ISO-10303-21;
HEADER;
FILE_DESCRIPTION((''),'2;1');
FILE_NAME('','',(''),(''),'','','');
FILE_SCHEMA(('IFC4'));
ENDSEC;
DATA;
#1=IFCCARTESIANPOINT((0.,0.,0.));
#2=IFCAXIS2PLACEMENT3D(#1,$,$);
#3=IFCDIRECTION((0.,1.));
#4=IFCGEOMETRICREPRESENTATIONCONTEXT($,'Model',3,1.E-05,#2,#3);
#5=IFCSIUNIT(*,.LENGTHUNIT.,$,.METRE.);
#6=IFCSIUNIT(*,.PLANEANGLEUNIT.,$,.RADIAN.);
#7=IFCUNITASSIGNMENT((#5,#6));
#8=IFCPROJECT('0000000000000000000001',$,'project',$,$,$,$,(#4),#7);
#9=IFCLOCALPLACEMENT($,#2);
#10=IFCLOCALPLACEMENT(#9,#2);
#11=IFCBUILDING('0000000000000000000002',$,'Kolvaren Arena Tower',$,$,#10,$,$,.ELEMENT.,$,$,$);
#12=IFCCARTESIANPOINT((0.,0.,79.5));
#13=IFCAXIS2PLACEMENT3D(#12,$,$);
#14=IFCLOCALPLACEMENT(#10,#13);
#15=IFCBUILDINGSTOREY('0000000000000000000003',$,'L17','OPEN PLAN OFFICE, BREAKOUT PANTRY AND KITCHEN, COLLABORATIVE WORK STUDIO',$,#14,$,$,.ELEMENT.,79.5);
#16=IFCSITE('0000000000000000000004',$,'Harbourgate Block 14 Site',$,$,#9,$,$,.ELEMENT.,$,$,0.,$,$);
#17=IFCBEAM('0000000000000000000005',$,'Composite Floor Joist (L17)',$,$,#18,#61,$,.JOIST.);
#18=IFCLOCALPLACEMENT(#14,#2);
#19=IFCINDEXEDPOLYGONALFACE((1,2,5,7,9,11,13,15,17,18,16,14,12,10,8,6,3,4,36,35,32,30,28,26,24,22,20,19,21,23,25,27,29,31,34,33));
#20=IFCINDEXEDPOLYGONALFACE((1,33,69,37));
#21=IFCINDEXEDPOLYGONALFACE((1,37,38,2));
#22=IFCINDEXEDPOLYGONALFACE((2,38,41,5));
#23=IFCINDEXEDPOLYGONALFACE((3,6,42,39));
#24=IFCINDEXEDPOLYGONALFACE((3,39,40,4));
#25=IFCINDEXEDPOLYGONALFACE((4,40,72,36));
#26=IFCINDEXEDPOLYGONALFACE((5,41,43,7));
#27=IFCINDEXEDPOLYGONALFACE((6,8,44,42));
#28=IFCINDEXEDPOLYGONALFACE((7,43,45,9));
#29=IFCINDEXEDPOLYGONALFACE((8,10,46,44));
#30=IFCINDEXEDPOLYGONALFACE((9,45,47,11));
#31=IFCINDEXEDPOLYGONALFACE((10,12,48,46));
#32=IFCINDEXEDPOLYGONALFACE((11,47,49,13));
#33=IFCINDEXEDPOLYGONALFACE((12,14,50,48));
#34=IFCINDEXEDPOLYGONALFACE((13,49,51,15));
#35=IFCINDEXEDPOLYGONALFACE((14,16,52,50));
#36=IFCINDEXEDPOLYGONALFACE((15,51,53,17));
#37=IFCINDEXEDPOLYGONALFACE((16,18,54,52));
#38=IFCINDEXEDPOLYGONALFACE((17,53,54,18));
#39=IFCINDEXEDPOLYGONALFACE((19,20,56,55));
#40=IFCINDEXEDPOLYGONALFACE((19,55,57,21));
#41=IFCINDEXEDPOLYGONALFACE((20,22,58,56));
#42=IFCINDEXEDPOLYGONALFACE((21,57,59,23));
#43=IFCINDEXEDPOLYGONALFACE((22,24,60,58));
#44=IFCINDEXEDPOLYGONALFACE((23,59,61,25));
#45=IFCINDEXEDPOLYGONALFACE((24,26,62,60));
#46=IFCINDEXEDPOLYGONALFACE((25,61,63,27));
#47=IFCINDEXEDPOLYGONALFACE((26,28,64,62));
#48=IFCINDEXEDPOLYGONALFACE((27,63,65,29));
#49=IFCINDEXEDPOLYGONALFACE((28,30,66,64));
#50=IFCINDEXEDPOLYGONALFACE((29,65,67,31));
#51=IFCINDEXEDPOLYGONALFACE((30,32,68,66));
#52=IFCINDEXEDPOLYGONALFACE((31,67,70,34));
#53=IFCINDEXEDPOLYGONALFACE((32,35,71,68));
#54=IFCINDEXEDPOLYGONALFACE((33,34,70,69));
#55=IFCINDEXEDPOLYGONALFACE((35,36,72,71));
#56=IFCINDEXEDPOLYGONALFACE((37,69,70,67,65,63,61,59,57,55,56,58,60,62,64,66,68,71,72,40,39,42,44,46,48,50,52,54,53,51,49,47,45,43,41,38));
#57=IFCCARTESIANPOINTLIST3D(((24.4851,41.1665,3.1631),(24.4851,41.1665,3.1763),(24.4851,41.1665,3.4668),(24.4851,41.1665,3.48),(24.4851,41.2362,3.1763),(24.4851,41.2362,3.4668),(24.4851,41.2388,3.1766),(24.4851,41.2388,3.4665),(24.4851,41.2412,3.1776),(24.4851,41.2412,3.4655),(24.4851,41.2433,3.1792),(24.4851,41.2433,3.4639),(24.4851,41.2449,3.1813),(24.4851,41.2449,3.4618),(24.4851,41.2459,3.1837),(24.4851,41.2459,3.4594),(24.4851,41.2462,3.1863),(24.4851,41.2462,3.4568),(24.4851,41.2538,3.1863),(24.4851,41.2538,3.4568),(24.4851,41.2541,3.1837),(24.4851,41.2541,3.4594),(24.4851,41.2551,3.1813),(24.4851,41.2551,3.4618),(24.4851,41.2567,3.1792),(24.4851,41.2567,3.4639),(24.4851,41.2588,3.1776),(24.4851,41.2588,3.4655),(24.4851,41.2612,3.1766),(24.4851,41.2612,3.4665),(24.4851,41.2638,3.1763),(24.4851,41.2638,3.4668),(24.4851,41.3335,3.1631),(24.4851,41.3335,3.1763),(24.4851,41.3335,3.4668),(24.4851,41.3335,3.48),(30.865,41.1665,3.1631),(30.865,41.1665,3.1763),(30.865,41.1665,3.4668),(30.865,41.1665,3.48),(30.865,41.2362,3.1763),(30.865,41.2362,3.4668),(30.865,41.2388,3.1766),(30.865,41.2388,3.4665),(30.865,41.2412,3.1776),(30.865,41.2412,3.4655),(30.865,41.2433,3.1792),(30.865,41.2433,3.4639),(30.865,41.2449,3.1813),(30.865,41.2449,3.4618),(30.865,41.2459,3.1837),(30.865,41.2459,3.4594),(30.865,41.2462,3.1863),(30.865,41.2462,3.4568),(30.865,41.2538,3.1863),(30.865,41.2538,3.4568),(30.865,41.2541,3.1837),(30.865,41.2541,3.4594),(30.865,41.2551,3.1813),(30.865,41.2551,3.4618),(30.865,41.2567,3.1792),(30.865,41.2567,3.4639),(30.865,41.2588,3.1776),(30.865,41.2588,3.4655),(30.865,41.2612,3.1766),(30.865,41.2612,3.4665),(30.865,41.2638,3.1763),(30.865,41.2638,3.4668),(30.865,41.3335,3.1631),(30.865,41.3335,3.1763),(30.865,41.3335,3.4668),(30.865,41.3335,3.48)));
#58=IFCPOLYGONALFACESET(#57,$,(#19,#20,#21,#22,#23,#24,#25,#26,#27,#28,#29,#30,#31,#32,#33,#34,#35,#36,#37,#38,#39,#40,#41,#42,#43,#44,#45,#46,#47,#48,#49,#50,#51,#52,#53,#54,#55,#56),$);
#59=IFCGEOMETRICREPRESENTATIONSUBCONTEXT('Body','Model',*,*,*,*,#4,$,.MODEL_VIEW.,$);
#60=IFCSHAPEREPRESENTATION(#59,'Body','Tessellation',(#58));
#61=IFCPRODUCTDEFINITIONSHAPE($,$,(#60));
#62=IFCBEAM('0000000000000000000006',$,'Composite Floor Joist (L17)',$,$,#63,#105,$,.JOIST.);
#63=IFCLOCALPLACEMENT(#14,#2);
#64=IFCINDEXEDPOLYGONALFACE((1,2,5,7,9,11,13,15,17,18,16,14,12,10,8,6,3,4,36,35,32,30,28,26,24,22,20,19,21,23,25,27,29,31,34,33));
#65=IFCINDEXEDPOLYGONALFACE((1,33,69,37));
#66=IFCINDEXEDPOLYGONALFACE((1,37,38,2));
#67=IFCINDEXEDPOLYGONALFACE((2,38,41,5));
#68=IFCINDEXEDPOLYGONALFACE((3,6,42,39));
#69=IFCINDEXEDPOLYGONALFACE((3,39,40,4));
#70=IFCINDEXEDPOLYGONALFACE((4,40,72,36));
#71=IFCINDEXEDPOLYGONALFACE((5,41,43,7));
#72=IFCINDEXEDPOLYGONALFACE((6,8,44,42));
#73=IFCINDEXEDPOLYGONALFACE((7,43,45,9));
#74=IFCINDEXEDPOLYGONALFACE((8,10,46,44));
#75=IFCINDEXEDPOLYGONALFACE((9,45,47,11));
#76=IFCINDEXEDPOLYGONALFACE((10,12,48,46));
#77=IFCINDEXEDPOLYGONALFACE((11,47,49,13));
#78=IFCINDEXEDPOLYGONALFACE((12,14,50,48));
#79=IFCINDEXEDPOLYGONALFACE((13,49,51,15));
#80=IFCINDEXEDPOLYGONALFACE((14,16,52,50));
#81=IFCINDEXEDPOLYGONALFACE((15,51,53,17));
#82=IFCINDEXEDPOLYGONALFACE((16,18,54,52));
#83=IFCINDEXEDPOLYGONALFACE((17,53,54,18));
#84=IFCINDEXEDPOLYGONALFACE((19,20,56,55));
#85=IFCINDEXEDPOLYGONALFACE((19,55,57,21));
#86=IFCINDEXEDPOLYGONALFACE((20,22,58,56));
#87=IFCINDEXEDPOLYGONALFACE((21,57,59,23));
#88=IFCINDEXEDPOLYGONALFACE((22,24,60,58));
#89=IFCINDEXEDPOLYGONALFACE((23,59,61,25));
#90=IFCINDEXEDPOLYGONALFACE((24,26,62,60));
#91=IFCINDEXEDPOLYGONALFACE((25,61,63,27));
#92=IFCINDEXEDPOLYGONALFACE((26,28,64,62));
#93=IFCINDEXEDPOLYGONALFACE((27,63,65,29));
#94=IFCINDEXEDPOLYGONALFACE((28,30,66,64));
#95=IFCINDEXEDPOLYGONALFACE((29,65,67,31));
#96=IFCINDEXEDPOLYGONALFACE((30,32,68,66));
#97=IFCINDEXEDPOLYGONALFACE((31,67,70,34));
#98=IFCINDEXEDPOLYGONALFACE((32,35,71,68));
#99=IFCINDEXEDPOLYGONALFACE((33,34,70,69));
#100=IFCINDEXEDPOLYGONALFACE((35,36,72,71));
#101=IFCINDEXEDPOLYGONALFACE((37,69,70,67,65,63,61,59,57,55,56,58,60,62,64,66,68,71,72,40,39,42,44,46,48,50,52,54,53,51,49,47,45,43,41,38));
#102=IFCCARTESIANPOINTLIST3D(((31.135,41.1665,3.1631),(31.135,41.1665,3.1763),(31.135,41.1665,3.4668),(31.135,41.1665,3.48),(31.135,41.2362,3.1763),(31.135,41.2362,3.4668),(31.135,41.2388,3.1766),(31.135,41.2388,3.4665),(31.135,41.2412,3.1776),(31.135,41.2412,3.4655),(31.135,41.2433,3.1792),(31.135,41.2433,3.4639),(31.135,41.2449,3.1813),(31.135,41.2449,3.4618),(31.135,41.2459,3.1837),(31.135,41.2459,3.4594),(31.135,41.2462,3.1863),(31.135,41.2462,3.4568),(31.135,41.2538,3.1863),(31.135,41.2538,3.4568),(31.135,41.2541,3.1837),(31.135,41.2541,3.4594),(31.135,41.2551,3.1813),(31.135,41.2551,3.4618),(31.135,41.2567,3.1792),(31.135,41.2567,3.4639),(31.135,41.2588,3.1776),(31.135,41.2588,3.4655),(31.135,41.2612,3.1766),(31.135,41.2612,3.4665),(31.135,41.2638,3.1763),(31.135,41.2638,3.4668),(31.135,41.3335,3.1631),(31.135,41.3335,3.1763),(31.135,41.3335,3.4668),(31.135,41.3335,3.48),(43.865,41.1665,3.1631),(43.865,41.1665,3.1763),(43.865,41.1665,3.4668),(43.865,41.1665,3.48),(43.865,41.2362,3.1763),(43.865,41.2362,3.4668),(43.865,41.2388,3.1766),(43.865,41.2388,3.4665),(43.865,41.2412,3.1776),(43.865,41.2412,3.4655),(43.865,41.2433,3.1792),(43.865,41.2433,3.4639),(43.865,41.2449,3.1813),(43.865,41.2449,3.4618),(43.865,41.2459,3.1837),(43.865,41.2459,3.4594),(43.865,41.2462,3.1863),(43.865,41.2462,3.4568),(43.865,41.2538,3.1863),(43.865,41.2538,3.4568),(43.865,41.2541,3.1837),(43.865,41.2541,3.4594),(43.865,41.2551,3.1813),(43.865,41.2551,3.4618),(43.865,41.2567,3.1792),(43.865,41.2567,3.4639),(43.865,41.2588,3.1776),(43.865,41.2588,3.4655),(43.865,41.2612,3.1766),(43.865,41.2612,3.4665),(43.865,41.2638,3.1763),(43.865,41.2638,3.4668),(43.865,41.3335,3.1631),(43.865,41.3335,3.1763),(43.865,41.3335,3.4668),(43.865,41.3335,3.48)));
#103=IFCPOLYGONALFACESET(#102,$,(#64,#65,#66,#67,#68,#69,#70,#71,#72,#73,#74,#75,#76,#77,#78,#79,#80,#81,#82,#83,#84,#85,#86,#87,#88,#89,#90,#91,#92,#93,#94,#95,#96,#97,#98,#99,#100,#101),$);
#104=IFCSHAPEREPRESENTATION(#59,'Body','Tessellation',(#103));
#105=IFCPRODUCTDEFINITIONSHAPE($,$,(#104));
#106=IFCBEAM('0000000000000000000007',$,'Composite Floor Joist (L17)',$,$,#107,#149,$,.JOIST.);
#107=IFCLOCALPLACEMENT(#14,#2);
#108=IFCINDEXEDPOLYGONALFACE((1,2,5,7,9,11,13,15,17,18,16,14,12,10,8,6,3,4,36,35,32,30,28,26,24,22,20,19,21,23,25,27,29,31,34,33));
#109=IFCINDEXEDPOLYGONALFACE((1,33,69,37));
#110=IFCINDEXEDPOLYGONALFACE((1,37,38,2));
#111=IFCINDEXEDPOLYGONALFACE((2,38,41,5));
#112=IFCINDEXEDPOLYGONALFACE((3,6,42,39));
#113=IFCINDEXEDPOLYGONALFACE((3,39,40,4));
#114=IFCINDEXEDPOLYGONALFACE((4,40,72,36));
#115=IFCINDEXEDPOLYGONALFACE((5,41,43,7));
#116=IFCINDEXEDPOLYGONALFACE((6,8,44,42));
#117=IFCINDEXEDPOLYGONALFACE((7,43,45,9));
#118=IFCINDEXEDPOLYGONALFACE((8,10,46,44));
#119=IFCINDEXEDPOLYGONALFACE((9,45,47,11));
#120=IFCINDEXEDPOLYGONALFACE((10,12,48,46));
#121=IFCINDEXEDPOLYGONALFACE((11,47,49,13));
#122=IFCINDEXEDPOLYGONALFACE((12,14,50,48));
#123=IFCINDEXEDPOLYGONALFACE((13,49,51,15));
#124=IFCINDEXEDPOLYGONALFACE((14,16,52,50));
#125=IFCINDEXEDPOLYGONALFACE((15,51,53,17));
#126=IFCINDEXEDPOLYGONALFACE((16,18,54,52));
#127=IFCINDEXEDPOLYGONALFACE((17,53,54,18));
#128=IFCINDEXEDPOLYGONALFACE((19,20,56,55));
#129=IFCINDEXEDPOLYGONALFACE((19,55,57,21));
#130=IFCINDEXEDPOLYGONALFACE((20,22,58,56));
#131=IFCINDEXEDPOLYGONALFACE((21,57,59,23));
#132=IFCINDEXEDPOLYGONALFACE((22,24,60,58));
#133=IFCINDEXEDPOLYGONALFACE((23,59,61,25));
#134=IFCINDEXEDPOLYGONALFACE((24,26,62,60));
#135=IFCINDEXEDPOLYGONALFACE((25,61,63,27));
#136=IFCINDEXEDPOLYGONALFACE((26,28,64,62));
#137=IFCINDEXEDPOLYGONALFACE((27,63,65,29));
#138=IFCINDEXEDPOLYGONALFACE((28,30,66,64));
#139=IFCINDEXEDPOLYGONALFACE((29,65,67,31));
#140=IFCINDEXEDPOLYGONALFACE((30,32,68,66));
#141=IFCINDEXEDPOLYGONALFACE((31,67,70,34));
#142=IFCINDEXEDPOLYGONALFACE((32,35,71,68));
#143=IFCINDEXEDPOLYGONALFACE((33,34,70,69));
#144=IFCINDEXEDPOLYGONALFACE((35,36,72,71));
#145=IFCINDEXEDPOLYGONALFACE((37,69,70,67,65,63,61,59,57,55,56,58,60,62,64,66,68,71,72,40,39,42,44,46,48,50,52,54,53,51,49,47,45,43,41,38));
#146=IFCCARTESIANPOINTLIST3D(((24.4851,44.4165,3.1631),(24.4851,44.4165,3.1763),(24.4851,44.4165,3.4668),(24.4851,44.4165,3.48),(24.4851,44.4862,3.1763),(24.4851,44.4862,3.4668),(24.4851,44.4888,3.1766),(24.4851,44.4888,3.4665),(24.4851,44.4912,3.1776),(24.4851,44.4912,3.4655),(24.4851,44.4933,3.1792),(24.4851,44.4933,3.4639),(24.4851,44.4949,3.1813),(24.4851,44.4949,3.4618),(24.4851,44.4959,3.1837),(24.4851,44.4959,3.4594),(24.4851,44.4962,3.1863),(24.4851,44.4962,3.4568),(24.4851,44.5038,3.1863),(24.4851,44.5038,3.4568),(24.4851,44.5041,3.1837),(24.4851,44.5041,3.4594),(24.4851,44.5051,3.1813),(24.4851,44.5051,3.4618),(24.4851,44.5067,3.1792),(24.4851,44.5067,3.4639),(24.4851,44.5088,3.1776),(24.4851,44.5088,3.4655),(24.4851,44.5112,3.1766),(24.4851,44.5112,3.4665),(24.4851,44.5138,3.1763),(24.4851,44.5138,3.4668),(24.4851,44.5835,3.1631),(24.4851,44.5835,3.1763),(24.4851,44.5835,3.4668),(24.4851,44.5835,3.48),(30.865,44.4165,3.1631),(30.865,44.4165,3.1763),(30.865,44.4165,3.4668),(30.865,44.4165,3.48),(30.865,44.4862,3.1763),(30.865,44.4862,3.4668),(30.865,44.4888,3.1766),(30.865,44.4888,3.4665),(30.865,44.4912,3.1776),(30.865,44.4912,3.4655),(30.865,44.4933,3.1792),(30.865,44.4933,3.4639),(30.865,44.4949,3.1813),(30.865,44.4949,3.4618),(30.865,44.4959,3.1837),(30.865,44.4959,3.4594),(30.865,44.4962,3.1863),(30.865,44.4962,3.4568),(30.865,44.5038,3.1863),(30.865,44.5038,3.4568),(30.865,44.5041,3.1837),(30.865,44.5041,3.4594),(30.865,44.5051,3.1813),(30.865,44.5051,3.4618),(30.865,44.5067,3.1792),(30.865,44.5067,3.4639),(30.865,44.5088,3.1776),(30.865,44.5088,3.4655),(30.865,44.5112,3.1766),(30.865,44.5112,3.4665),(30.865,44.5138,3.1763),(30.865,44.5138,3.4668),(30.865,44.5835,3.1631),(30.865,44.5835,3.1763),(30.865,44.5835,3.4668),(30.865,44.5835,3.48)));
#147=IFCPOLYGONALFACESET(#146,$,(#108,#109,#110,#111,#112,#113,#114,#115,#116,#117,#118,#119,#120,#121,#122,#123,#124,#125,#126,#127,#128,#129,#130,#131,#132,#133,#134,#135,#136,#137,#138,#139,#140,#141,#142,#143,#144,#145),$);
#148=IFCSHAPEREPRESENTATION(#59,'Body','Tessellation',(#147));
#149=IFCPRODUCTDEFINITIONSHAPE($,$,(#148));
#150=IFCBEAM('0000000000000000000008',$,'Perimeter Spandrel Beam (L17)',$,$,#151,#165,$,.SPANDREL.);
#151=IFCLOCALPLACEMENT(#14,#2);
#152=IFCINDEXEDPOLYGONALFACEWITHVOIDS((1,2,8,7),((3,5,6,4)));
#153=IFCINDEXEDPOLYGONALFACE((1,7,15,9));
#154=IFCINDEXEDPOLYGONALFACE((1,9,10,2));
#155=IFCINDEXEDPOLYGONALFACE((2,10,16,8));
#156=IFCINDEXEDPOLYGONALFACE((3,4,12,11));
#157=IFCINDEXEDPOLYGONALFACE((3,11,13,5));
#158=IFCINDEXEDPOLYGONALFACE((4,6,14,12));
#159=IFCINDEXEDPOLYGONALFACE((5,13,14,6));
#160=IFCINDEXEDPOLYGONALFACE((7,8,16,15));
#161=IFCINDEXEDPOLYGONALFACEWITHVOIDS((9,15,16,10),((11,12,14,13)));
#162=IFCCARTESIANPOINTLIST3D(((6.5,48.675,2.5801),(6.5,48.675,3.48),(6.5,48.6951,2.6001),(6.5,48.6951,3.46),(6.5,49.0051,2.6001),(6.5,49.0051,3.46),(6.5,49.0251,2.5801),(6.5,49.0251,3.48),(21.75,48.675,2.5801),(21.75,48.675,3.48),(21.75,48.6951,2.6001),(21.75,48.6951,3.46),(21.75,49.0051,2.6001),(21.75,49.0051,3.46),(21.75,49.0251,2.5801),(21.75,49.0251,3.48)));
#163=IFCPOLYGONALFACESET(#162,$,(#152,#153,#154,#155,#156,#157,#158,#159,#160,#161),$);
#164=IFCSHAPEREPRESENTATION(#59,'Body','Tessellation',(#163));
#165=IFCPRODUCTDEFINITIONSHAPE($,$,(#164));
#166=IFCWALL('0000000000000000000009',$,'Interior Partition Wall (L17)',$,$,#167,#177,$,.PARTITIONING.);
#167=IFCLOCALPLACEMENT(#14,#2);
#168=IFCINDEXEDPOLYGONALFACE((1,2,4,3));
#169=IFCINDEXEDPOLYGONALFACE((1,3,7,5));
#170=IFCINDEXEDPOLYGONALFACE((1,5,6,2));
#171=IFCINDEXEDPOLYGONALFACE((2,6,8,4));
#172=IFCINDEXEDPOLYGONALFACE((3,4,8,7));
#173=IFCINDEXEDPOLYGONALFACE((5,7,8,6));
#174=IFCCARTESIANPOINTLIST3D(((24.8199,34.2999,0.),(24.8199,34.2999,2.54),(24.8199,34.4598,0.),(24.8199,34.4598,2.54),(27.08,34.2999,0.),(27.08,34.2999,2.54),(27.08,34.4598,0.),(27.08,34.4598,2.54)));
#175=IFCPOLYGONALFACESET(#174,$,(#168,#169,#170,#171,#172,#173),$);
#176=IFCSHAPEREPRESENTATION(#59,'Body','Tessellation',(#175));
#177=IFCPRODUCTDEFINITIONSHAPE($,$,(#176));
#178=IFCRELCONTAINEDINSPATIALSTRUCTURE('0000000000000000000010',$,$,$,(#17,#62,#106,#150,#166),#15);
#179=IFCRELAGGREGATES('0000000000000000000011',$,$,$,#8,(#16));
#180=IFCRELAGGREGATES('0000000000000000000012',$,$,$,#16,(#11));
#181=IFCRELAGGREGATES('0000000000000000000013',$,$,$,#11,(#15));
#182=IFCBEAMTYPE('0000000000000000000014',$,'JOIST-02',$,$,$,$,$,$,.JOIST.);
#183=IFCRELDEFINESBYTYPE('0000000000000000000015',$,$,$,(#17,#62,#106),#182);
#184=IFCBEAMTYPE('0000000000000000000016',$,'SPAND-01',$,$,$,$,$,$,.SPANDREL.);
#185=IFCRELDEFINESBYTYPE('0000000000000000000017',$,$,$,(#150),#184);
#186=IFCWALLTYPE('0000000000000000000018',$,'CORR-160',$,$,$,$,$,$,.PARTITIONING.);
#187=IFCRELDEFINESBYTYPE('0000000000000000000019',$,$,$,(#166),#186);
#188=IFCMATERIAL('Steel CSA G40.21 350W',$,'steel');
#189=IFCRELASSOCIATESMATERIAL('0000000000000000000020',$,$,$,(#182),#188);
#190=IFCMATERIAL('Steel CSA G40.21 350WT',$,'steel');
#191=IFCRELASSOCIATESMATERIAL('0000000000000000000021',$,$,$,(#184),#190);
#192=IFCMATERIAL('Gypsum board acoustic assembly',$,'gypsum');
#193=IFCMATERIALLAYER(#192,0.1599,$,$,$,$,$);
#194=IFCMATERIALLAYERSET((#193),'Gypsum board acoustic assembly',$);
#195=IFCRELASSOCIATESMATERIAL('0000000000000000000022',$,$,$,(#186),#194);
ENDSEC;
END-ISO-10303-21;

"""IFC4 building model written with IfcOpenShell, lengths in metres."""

from ifc_helpers import new_model, si_unit, direction, frame, frame_2d, origin, origin_2d, place, context, subcontext, project, spatial, rectangle, hollow_rectangle, i_section, extrude, material, layer, layer_set, material_profile, profile_set, type_object, element, save


model = new_model("IFC4")

# Units and contexts
model_context = context("Model", 3, precision=1e-05, world=origin(), true_north=direction((0.0, 1.0)))
body_context = subcontext(model_context, "Body", "Model", "MODEL_VIEW")
ifc_project = project(units=[si_unit("LENGTHUNIT", "METRE"), si_unit("PLANEANGLEUNIT", "RADIAN")], contexts=[model_context])

# Site, building, storey
site_placement = place(None, origin())
site = spatial("IfcSite", under=ifc_project, at=site_placement, Name="Harbourgate Block 14 Site", CompositionType="ELEMENT", RefElevation=0.0)
building_placement = place(site_placement, origin())
building = spatial("IfcBuilding", under=site, at=building_placement, Name="Kolvaren Arena Tower", CompositionType="ELEMENT")
storey_placement = place(building_placement, frame((0.0, 0.0, 79.5)))
storey = spatial("IfcBuildingStorey", under=building, at=storey_placement, Name="L17", Description="OPEN PLAN OFFICE, BREAKOUT PANTRY AND KITCHEN, COLLABORATIVE WORK STUDIO", CompositionType="ELEMENT", Elevation=79.5)

# Beams
ifc_material_1 = material(Name="Steel CSA G40.21 350W", Category="steel")
ifc_material_profile_1 = material_profile(ifc_material_1, i_section(OverallWidth=0.167, OverallDepth=0.3169, WebThickness=0.0076, FlangeThickness=0.0132, FilletRadius=0.01, at=origin_2d()), Name="W310x52")
ifc_profile_set_1 = profile_set([ifc_material_profile_1], Name="Steel CSA G40.21 350W")
beam_type_1 = type_object("IfcBeamType", Name="JOIST-02", PredefinedType="JOIST", material=ifc_profile_set_1)
beam_1_placement = place(storey_placement, frame((24.4851, 41.25, 3.3215), z_axis=(1.0, 0.0, 0.0), x_axis=(0.0, 1.0, 0.0)))
element("IfcBeam", 1, at=beam_1_placement, inside=storey, type_object=beam_type_1, Name="Composite Floor Joist (L17)", PredefinedType="JOIST", context=body_context, shape_type="SweptSolid", body=[
    extrude(i_section(OverallWidth=0.167, OverallDepth=0.3169, WebThickness=0.0076, FlangeThickness=0.0132, FilletRadius=0.01, at=origin_2d()), origin(), (0.0, 0.0, 1.0), 6.3799),
])
beam_2_placement = place(storey_placement, frame((31.135, 41.25, 3.3215), z_axis=(1.0, 0.0, 0.0), x_axis=(0.0, 1.0, 0.0)))
element("IfcBeam", 2, at=beam_2_placement, inside=storey, type_object=beam_type_1, Name="Composite Floor Joist (L17)", PredefinedType="JOIST", context=body_context, shape_type="SweptSolid", body=[
    extrude(i_section(OverallWidth=0.167, OverallDepth=0.3169, WebThickness=0.0076, FlangeThickness=0.0132, FilletRadius=0.01, at=origin_2d()), origin(), (0.0, 0.0, 1.0), 12.73),
])
beam_3_placement = place(storey_placement, frame((24.4851, 44.5, 3.3215), z_axis=(1.0, 0.0, 0.0), x_axis=(0.0, 1.0, 0.0)))
element("IfcBeam", 3, at=beam_3_placement, inside=storey, type_object=beam_type_1, Name="Composite Floor Joist (L17)", PredefinedType="JOIST", context=body_context, shape_type="SweptSolid", body=[
    extrude(i_section(OverallWidth=0.167, OverallDepth=0.3169, WebThickness=0.0076, FlangeThickness=0.0132, FilletRadius=0.01, at=origin_2d()), origin(), (0.0, 0.0, 1.0), 6.3799),
])
ifc_material_2 = material(Name="Steel CSA G40.21 350WT", Category="steel")
ifc_material_profile_2 = material_profile(ifc_material_2, hollow_rectangle(XDim=0.3501, YDim=0.8999, WallThickness=0.02, at=origin_2d()), Name="HSS 900x350x20")
ifc_profile_set_2 = profile_set([ifc_material_profile_2], Name="Steel CSA G40.21 350WT")
beam_type_2 = type_object("IfcBeamType", Name="SPAND-01", PredefinedType="SPANDREL", material=ifc_profile_set_2)
beam_4_placement = place(storey_placement, frame((21.75, 48.8501, 3.03), z_axis=(-1.0, 0.0, 0.0), x_axis=(0.0, -1.0, 0.0)))
element("IfcBeam", 4, at=beam_4_placement, inside=storey, type_object=beam_type_2, Name="Perimeter Spandrel Beam (L17)", PredefinedType="SPANDREL", context=body_context, shape_type="SweptSolid", body=[
    extrude(hollow_rectangle(XDim=0.3501, YDim=0.8999, WallThickness=0.02, at=origin_2d()), origin(), (0.0, 0.0, 1.0), 15.25),
])

# Wall
ifc_material_3 = material(Name="Gypsum board acoustic assembly", Category="gypsum")
ifc_layer = layer(ifc_material_3, 0.1599)
ifc_layer_set = layer_set([ifc_layer], Name="Gypsum board acoustic assembly")
wall_type = type_object("IfcWallType", Name="CORR-160", PredefinedType="PARTITIONING", material=ifc_layer_set)
wall_placement = place(storey_placement, frame((24.8201, 34.3799, 0.0), z_axis=(0.0, 0.0, 1.0), x_axis=(1.0, 0.0, 0.0)))
element("IfcWall", 5, at=wall_placement, inside=storey, type_object=wall_type, Name="Interior Partition Wall (L17)", PredefinedType="PARTITIONING", context=body_context, shape_type="SweptSolid", body=[
    extrude(rectangle(XDim=2.26, YDim=0.1599, at=frame_2d((1.1299, 0.0))), origin(), (0.0, 0.0, 1.0), 2.54),
])

save(model, "model.ifc")
